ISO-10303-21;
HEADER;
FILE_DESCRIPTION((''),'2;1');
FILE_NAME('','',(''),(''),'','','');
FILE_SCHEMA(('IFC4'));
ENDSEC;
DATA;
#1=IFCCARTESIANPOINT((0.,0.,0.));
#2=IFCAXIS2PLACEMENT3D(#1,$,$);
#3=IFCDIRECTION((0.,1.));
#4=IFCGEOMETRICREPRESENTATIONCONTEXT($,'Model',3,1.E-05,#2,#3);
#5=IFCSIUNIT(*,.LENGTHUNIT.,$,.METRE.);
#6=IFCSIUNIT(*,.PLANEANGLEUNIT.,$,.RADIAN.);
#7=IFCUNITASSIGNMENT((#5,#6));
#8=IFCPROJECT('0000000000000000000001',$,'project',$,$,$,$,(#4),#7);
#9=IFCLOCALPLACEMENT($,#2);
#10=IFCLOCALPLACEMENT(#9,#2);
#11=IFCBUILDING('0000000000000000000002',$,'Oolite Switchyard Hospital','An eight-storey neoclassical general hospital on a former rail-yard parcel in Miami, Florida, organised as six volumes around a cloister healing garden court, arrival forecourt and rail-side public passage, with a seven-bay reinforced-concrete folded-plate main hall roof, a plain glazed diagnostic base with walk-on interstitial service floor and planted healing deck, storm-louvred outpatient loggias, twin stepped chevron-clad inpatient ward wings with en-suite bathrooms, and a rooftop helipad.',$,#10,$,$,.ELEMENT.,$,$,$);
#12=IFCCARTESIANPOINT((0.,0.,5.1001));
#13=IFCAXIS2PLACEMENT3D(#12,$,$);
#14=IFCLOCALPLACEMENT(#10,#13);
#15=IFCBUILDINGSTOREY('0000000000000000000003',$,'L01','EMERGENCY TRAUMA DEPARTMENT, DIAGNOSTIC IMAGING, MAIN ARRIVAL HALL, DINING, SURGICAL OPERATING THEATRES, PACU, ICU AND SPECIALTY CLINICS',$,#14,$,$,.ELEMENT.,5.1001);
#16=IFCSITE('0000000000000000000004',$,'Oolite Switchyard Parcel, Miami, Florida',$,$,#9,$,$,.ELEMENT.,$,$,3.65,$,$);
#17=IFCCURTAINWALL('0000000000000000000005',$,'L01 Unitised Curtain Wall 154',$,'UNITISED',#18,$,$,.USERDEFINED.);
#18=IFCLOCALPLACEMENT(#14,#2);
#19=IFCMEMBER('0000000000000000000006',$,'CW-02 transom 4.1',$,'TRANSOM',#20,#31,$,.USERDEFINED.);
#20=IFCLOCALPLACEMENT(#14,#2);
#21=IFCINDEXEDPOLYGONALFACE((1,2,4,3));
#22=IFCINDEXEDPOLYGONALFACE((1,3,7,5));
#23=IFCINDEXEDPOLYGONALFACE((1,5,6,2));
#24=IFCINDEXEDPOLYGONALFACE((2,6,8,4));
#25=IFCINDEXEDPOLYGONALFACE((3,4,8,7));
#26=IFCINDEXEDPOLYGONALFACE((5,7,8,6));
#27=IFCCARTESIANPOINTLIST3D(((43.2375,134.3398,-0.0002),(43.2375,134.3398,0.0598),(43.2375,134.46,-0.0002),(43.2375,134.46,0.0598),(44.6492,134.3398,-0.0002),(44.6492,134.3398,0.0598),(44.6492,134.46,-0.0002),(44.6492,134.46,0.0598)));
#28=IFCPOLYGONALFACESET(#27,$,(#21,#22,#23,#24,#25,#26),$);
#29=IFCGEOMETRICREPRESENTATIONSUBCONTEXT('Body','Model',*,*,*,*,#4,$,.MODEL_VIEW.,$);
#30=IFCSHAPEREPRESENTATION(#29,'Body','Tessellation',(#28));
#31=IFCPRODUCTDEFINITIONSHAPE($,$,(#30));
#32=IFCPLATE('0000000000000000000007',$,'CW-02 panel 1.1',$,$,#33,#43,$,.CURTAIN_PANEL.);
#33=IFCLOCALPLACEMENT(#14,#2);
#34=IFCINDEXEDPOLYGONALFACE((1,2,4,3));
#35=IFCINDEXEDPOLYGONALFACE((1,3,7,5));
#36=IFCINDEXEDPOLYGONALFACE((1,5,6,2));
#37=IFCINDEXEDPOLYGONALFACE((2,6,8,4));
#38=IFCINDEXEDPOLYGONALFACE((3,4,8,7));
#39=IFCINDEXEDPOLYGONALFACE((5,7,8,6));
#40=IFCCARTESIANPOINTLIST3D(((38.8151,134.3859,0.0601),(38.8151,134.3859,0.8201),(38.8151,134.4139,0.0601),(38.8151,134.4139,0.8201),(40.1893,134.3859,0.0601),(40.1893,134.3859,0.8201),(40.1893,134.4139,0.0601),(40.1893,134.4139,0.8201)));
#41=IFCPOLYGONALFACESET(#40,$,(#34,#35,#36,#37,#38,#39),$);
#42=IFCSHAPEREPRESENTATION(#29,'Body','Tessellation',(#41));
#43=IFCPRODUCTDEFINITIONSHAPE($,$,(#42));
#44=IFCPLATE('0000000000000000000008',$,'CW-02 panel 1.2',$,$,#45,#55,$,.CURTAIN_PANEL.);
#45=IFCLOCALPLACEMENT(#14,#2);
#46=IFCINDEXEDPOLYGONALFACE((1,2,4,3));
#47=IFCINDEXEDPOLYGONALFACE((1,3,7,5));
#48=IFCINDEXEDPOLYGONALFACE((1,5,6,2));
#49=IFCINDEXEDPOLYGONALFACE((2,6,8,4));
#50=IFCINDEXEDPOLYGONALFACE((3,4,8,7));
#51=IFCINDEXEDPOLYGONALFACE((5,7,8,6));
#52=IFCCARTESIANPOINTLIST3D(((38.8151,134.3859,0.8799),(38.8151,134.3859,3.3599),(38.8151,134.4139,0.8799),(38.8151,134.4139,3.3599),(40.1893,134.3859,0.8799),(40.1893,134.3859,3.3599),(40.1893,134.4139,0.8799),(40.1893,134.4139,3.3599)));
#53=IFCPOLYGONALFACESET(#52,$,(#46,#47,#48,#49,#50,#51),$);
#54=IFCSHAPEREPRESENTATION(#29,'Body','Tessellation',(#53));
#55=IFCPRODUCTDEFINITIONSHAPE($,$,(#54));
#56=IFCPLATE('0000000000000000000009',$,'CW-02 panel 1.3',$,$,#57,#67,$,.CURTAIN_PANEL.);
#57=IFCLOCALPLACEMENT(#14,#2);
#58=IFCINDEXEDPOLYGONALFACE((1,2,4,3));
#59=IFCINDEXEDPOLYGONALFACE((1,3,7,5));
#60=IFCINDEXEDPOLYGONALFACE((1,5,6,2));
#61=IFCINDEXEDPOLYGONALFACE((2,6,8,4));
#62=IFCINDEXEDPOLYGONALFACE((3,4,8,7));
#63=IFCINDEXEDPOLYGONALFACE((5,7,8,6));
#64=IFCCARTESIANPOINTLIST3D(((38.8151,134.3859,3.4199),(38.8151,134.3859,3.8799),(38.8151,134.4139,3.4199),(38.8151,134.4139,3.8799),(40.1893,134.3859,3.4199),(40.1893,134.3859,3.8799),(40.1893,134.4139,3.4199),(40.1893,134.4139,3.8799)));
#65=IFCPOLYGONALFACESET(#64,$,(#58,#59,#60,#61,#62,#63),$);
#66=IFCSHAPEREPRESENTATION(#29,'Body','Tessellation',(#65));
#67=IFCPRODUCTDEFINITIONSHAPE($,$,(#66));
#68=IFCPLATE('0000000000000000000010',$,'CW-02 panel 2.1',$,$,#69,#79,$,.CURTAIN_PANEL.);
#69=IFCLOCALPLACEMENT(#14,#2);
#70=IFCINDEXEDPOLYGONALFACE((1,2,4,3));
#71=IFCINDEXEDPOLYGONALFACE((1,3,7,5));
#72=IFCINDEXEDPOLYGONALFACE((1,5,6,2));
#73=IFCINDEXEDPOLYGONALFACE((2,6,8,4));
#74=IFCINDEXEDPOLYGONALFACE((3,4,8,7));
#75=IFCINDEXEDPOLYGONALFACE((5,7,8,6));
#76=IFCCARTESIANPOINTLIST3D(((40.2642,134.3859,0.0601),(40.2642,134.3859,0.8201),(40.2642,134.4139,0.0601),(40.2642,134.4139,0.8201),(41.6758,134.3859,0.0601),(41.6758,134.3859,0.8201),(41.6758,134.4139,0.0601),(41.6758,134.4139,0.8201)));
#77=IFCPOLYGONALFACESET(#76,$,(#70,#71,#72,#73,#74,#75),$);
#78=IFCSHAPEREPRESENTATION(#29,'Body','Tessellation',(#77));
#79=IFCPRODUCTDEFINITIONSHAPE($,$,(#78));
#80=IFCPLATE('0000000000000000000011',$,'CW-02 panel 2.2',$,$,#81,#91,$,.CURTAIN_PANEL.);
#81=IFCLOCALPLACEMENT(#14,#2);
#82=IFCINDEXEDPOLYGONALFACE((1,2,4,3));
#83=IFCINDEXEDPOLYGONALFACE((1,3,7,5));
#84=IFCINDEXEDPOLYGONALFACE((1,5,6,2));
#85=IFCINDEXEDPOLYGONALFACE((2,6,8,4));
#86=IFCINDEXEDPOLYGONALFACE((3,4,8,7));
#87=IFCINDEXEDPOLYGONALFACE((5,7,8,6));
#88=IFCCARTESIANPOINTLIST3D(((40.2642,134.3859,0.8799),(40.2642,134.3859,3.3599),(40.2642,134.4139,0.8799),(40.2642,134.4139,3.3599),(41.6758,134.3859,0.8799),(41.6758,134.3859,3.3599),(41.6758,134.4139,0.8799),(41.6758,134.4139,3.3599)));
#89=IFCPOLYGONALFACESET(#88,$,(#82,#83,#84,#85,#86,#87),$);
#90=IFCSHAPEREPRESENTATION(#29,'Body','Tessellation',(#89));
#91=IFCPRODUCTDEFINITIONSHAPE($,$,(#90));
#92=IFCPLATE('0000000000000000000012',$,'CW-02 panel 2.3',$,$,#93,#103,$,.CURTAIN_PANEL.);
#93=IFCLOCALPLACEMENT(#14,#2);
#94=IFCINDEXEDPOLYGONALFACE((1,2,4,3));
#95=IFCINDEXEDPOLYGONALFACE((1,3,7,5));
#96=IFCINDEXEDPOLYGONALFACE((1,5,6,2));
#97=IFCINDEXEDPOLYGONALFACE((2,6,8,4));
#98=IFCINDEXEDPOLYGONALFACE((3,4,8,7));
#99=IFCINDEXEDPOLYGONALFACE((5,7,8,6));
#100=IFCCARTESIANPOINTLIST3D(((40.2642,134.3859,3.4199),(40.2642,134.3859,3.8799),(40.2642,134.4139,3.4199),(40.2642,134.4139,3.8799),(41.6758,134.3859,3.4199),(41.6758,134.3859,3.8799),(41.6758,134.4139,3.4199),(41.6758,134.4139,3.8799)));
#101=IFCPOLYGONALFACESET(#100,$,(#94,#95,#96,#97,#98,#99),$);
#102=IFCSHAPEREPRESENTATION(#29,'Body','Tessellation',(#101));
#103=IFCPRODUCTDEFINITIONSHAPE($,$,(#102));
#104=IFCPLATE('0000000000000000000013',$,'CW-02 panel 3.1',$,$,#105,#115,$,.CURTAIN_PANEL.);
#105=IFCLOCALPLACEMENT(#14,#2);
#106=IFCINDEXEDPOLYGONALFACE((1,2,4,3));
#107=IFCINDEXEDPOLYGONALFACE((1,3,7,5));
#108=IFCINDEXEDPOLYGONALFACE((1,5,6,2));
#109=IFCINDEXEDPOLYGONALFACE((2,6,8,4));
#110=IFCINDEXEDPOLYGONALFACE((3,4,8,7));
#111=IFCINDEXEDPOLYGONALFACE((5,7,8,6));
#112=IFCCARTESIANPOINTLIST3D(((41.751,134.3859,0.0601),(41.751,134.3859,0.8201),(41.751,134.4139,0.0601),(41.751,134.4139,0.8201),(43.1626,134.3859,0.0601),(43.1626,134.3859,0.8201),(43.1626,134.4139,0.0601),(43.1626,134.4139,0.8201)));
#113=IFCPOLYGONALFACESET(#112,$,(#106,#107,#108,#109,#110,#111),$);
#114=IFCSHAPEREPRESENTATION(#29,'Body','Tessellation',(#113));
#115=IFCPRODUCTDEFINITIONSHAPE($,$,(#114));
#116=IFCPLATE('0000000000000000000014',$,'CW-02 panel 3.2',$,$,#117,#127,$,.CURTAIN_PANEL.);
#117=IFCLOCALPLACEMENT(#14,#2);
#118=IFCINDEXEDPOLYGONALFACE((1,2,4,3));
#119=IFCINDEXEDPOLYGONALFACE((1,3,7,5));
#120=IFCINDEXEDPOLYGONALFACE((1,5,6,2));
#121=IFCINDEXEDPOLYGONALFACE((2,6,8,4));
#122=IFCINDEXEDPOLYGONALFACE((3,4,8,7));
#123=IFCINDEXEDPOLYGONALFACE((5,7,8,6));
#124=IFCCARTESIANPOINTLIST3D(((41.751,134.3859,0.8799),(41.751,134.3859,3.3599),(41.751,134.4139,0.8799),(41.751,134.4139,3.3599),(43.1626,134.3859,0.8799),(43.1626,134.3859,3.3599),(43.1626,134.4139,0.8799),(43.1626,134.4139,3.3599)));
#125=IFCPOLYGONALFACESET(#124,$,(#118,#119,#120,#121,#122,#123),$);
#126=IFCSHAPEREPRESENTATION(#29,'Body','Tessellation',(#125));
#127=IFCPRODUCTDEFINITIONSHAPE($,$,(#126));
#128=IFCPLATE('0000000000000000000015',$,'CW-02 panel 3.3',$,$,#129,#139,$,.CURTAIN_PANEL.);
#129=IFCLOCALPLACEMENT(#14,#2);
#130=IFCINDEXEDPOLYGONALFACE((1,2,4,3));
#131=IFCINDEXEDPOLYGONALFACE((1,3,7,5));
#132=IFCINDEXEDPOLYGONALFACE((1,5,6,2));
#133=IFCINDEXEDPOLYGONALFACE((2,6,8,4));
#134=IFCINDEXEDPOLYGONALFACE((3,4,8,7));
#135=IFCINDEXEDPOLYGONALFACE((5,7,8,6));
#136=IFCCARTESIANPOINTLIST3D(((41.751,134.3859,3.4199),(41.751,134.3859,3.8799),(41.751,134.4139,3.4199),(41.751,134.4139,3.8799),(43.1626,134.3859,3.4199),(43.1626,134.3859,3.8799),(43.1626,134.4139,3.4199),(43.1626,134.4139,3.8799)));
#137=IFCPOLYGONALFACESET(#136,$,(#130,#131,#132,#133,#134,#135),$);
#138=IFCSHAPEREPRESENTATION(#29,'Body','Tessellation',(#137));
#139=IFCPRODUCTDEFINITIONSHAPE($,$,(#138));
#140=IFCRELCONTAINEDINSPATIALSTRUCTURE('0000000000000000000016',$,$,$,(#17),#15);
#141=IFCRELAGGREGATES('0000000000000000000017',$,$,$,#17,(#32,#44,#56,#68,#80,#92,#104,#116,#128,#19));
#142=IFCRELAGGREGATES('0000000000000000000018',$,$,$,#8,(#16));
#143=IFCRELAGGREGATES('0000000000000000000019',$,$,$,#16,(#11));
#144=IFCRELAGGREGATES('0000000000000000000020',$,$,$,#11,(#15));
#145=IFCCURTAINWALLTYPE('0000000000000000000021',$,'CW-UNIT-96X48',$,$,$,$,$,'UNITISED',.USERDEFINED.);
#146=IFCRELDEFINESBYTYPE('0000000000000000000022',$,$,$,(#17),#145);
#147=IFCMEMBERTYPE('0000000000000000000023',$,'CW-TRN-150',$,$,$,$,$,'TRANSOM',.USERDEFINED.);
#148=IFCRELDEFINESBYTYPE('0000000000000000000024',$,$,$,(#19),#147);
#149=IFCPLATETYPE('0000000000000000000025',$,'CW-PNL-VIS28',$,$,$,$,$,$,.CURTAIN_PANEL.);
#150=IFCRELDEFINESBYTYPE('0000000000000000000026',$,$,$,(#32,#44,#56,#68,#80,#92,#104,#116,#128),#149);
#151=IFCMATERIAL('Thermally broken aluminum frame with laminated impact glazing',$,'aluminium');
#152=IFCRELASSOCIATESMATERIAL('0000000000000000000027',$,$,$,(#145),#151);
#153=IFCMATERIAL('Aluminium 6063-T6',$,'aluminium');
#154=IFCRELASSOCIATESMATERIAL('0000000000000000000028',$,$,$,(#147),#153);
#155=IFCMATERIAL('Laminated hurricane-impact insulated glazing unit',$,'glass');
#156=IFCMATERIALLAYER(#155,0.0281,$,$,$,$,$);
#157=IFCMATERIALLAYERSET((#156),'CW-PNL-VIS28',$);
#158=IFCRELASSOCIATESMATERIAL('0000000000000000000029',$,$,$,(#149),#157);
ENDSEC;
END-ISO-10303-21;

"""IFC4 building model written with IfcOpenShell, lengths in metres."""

from ifc_helpers import new_model, si_unit, direction, frame, origin, origin_2d, place, context, subcontext, project, spatial, rectangle, extrude, material, layer, layer_set, material_profile, profile_set, type_object, element, aggregate, save


model = new_model("IFC4")

# Units and contexts
model_context = context("Model", 3, precision=1e-05, world=origin(), true_north=direction((0.0, 1.0)))
body_context = subcontext(model_context, "Body", "Model", "MODEL_VIEW")
ifc_project = project(units=[si_unit("LENGTHUNIT", "METRE"), si_unit("PLANEANGLEUNIT", "RADIAN")], contexts=[model_context])

# Site, building, storey
site_placement = place(None, origin())
site = spatial("IfcSite", under=ifc_project, at=site_placement, Name="Oolite Switchyard Parcel, Miami, Florida", CompositionType="ELEMENT", RefElevation=3.65)
building_placement = place(site_placement, origin())
building = spatial("IfcBuilding", under=site, at=building_placement, Name="Oolite Switchyard Hospital", Description="An eight-storey neoclassical general hospital on a former rail-yard parcel in Miami, Florida, organised as six volumes around a cloister healing garden court, arrival forecourt and rail-side public passage, with a seven-bay reinforced-concrete folded-plate main hall roof, a plain glazed diagnostic base with walk-on interstitial service floor and planted healing deck, storm-louvred outpatient loggias, twin stepped chevron-clad inpatient ward wings with en-suite bathrooms, and a rooftop helipad.", CompositionType="ELEMENT")
storey_placement = place(building_placement, frame((0.0, 0.0, 5.1001)))
storey = spatial("IfcBuildingStorey", under=building, at=storey_placement, Name="L01", Description="EMERGENCY TRAUMA DEPARTMENT, DIAGNOSTIC IMAGING, MAIN ARRIVAL HALL, DINING, SURGICAL OPERATING THEATRES, PACU, ICU AND SPECIALTY CLINICS", CompositionType="ELEMENT", Elevation=5.1001)

# Curtain wall, member, plates
ifc_material_1 = material(Name="Thermally broken aluminum frame with laminated impact glazing", Category="aluminium")
curtain_wall_type = type_object("IfcCurtainWallType", Name="CW-UNIT-96X48", ElementType="UNITISED", PredefinedType="USERDEFINED", material=ifc_material_1)
curtain_wall_placement = place(storey_placement, origin())
curtain_wall = element("IfcCurtainWall", 1, at=curtain_wall_placement, inside=storey, type_object=curtain_wall_type, Name="L01 Unitised Curtain Wall 154", ObjectType="UNITISED", PredefinedType="USERDEFINED")
ifc_material_2 = material(Name="Aluminium 6063-T6", Category="aluminium")
ifc_material_profile_1 = material_profile(ifc_material_2, rectangle(XDim=0.1201, YDim=0.0601, at=origin_2d()), Name="CWT60X120")
ifc_profile_set_1 = profile_set([ifc_material_profile_1], Name="Aluminium 6063-T6")
member_type_1 = type_object("IfcMemberType", Name="CW-TRN-150", ElementType="TRANSOM", PredefinedType="USERDEFINED", material=ifc_profile_set_1)
member_1_placement = place(storey_placement, frame((43.2375, 134.3999, 0.0298), z_axis=(1.0, 0.0, 0.0), x_axis=(0.0, 1.0, 0.0)))
member_1 = element("IfcMember", 2, at=member_1_placement, type_object=member_type_1, Name="CW-02 transom 4.1", ObjectType="TRANSOM", PredefinedType="USERDEFINED", context=body_context, shape_type="SweptSolid", body=[
    extrude(rectangle(XDim=0.1201, YDim=0.0601, at=origin_2d()), origin(), (0.0, 0.0, 1.0), 1.4116),
])
ifc_material_3 = material(Name="Laminated hurricane-impact insulated glazing unit", Category="glass")
ifc_layer = layer(ifc_material_3, 0.0281)
ifc_layer_set = layer_set([ifc_layer], Name="CW-PNL-VIS28")
plate_type = type_object("IfcPlateType", Name="CW-PNL-VIS28", PredefinedType="CURTAIN_PANEL", material=ifc_layer_set)
plate_1_placement = place(storey_placement, frame((39.5022, 134.3999, 0.0601), z_axis=(0.0, 0.0, 1.0), x_axis=(1.0, 0.0, 0.0)))
plate_1 = element("IfcPlate", 3, at=plate_1_placement, type_object=plate_type, Name="CW-02 panel 1.1", PredefinedType="CURTAIN_PANEL", context=body_context, shape_type="SweptSolid", body=[
    extrude(rectangle(XDim=1.3743, YDim=0.0281, at=origin_2d()), origin(), (0.0, 0.0, 1.0), 0.76),
])
plate_2_placement = place(storey_placement, frame((39.5022, 134.3999, 0.8799), z_axis=(0.0, 0.0, 1.0), x_axis=(1.0, 0.0, 0.0)))
plate_2 = element("IfcPlate", 4, at=plate_2_placement, type_object=plate_type, Name="CW-02 panel 1.2", PredefinedType="CURTAIN_PANEL", context=body_context, shape_type="SweptSolid", body=[
    extrude(rectangle(XDim=1.3743, YDim=0.0281, at=origin_2d()), origin(), (0.0, 0.0, 1.0), 2.48),
])
plate_3_placement = place(storey_placement, frame((39.5022, 134.3999, 3.4199), z_axis=(0.0, 0.0, 1.0), x_axis=(1.0, 0.0, 0.0)))
plate_3 = element("IfcPlate", 5, at=plate_3_placement, type_object=plate_type, Name="CW-02 panel 1.3", PredefinedType="CURTAIN_PANEL", context=body_context, shape_type="SweptSolid", body=[
    extrude(rectangle(XDim=1.3743, YDim=0.0281, at=origin_2d()), origin(), (0.0, 0.0, 1.0), 0.46),
])
plate_4_placement = place(storey_placement, frame((40.97, 134.3999, 0.0601), z_axis=(0.0, 0.0, 1.0), x_axis=(1.0, 0.0, 0.0)))
plate_4 = element("IfcPlate", 6, at=plate_4_placement, type_object=plate_type, Name="CW-02 panel 2.1", PredefinedType="CURTAIN_PANEL", context=body_context, shape_type="SweptSolid", body=[
    extrude(rectangle(XDim=1.4116, YDim=0.0281, at=origin_2d()), origin(), (0.0, 0.0, 1.0), 0.76),
])
plate_5_placement = place(storey_placement, frame((40.97, 134.3999, 0.8799), z_axis=(0.0, 0.0, 1.0), x_axis=(1.0, 0.0, 0.0)))
plate_5 = element("IfcPlate", 7, at=plate_5_placement, type_object=plate_type, Name="CW-02 panel 2.2", PredefinedType="CURTAIN_PANEL", context=body_context, shape_type="SweptSolid", body=[
    extrude(rectangle(XDim=1.4116, YDim=0.0281, at=origin_2d()), origin(), (0.0, 0.0, 1.0), 2.48),
])
plate_6_placement = place(storey_placement, frame((40.97, 134.3999, 3.4199), z_axis=(0.0, 0.0, 1.0), x_axis=(1.0, 0.0, 0.0)))
plate_6 = element("IfcPlate", 8, at=plate_6_placement, type_object=plate_type, Name="CW-02 panel 2.3", PredefinedType="CURTAIN_PANEL", context=body_context, shape_type="SweptSolid", body=[
    extrude(rectangle(XDim=1.4116, YDim=0.0281, at=origin_2d()), origin(), (0.0, 0.0, 1.0), 0.46),
])
plate_7_placement = place(storey_placement, frame((42.4568, 134.3999, 0.0601), z_axis=(0.0, 0.0, 1.0), x_axis=(1.0, 0.0, 0.0)))
plate_7 = element("IfcPlate", 9, at=plate_7_placement, type_object=plate_type, Name="CW-02 panel 3.1", PredefinedType="CURTAIN_PANEL", context=body_context, shape_type="SweptSolid", body=[
    extrude(rectangle(XDim=1.4116, YDim=0.0281, at=origin_2d()), origin(), (0.0, 0.0, 1.0), 0.76),
])
plate_8_placement = place(storey_placement, frame((42.4568, 134.3999, 0.8799), z_axis=(0.0, 0.0, 1.0), x_axis=(1.0, 0.0, 0.0)))
plate_8 = element("IfcPlate", 10, at=plate_8_placement, type_object=plate_type, Name="CW-02 panel 3.2", PredefinedType="CURTAIN_PANEL", context=body_context, shape_type="SweptSolid", body=[
    extrude(rectangle(XDim=1.4116, YDim=0.0281, at=origin_2d()), origin(), (0.0, 0.0, 1.0), 2.48),
])
plate_9_placement = place(storey_placement, frame((42.4568, 134.3999, 3.4199), z_axis=(0.0, 0.0, 1.0), x_axis=(1.0, 0.0, 0.0)))
plate_9 = element("IfcPlate", 11, at=plate_9_placement, type_object=plate_type, Name="CW-02 panel 3.3", PredefinedType="CURTAIN_PANEL", context=body_context, shape_type="SweptSolid", body=[
    extrude(rectangle(XDim=1.4116, YDim=0.0281, at=origin_2d()), origin(), (0.0, 0.0, 1.0), 0.46),
])
aggregate(curtain_wall, [plate_1, plate_2, plate_3, plate_4, plate_5, plate_6, plate_7, plate_8, plate_9, member_1])

save(model, "model.ifc")
